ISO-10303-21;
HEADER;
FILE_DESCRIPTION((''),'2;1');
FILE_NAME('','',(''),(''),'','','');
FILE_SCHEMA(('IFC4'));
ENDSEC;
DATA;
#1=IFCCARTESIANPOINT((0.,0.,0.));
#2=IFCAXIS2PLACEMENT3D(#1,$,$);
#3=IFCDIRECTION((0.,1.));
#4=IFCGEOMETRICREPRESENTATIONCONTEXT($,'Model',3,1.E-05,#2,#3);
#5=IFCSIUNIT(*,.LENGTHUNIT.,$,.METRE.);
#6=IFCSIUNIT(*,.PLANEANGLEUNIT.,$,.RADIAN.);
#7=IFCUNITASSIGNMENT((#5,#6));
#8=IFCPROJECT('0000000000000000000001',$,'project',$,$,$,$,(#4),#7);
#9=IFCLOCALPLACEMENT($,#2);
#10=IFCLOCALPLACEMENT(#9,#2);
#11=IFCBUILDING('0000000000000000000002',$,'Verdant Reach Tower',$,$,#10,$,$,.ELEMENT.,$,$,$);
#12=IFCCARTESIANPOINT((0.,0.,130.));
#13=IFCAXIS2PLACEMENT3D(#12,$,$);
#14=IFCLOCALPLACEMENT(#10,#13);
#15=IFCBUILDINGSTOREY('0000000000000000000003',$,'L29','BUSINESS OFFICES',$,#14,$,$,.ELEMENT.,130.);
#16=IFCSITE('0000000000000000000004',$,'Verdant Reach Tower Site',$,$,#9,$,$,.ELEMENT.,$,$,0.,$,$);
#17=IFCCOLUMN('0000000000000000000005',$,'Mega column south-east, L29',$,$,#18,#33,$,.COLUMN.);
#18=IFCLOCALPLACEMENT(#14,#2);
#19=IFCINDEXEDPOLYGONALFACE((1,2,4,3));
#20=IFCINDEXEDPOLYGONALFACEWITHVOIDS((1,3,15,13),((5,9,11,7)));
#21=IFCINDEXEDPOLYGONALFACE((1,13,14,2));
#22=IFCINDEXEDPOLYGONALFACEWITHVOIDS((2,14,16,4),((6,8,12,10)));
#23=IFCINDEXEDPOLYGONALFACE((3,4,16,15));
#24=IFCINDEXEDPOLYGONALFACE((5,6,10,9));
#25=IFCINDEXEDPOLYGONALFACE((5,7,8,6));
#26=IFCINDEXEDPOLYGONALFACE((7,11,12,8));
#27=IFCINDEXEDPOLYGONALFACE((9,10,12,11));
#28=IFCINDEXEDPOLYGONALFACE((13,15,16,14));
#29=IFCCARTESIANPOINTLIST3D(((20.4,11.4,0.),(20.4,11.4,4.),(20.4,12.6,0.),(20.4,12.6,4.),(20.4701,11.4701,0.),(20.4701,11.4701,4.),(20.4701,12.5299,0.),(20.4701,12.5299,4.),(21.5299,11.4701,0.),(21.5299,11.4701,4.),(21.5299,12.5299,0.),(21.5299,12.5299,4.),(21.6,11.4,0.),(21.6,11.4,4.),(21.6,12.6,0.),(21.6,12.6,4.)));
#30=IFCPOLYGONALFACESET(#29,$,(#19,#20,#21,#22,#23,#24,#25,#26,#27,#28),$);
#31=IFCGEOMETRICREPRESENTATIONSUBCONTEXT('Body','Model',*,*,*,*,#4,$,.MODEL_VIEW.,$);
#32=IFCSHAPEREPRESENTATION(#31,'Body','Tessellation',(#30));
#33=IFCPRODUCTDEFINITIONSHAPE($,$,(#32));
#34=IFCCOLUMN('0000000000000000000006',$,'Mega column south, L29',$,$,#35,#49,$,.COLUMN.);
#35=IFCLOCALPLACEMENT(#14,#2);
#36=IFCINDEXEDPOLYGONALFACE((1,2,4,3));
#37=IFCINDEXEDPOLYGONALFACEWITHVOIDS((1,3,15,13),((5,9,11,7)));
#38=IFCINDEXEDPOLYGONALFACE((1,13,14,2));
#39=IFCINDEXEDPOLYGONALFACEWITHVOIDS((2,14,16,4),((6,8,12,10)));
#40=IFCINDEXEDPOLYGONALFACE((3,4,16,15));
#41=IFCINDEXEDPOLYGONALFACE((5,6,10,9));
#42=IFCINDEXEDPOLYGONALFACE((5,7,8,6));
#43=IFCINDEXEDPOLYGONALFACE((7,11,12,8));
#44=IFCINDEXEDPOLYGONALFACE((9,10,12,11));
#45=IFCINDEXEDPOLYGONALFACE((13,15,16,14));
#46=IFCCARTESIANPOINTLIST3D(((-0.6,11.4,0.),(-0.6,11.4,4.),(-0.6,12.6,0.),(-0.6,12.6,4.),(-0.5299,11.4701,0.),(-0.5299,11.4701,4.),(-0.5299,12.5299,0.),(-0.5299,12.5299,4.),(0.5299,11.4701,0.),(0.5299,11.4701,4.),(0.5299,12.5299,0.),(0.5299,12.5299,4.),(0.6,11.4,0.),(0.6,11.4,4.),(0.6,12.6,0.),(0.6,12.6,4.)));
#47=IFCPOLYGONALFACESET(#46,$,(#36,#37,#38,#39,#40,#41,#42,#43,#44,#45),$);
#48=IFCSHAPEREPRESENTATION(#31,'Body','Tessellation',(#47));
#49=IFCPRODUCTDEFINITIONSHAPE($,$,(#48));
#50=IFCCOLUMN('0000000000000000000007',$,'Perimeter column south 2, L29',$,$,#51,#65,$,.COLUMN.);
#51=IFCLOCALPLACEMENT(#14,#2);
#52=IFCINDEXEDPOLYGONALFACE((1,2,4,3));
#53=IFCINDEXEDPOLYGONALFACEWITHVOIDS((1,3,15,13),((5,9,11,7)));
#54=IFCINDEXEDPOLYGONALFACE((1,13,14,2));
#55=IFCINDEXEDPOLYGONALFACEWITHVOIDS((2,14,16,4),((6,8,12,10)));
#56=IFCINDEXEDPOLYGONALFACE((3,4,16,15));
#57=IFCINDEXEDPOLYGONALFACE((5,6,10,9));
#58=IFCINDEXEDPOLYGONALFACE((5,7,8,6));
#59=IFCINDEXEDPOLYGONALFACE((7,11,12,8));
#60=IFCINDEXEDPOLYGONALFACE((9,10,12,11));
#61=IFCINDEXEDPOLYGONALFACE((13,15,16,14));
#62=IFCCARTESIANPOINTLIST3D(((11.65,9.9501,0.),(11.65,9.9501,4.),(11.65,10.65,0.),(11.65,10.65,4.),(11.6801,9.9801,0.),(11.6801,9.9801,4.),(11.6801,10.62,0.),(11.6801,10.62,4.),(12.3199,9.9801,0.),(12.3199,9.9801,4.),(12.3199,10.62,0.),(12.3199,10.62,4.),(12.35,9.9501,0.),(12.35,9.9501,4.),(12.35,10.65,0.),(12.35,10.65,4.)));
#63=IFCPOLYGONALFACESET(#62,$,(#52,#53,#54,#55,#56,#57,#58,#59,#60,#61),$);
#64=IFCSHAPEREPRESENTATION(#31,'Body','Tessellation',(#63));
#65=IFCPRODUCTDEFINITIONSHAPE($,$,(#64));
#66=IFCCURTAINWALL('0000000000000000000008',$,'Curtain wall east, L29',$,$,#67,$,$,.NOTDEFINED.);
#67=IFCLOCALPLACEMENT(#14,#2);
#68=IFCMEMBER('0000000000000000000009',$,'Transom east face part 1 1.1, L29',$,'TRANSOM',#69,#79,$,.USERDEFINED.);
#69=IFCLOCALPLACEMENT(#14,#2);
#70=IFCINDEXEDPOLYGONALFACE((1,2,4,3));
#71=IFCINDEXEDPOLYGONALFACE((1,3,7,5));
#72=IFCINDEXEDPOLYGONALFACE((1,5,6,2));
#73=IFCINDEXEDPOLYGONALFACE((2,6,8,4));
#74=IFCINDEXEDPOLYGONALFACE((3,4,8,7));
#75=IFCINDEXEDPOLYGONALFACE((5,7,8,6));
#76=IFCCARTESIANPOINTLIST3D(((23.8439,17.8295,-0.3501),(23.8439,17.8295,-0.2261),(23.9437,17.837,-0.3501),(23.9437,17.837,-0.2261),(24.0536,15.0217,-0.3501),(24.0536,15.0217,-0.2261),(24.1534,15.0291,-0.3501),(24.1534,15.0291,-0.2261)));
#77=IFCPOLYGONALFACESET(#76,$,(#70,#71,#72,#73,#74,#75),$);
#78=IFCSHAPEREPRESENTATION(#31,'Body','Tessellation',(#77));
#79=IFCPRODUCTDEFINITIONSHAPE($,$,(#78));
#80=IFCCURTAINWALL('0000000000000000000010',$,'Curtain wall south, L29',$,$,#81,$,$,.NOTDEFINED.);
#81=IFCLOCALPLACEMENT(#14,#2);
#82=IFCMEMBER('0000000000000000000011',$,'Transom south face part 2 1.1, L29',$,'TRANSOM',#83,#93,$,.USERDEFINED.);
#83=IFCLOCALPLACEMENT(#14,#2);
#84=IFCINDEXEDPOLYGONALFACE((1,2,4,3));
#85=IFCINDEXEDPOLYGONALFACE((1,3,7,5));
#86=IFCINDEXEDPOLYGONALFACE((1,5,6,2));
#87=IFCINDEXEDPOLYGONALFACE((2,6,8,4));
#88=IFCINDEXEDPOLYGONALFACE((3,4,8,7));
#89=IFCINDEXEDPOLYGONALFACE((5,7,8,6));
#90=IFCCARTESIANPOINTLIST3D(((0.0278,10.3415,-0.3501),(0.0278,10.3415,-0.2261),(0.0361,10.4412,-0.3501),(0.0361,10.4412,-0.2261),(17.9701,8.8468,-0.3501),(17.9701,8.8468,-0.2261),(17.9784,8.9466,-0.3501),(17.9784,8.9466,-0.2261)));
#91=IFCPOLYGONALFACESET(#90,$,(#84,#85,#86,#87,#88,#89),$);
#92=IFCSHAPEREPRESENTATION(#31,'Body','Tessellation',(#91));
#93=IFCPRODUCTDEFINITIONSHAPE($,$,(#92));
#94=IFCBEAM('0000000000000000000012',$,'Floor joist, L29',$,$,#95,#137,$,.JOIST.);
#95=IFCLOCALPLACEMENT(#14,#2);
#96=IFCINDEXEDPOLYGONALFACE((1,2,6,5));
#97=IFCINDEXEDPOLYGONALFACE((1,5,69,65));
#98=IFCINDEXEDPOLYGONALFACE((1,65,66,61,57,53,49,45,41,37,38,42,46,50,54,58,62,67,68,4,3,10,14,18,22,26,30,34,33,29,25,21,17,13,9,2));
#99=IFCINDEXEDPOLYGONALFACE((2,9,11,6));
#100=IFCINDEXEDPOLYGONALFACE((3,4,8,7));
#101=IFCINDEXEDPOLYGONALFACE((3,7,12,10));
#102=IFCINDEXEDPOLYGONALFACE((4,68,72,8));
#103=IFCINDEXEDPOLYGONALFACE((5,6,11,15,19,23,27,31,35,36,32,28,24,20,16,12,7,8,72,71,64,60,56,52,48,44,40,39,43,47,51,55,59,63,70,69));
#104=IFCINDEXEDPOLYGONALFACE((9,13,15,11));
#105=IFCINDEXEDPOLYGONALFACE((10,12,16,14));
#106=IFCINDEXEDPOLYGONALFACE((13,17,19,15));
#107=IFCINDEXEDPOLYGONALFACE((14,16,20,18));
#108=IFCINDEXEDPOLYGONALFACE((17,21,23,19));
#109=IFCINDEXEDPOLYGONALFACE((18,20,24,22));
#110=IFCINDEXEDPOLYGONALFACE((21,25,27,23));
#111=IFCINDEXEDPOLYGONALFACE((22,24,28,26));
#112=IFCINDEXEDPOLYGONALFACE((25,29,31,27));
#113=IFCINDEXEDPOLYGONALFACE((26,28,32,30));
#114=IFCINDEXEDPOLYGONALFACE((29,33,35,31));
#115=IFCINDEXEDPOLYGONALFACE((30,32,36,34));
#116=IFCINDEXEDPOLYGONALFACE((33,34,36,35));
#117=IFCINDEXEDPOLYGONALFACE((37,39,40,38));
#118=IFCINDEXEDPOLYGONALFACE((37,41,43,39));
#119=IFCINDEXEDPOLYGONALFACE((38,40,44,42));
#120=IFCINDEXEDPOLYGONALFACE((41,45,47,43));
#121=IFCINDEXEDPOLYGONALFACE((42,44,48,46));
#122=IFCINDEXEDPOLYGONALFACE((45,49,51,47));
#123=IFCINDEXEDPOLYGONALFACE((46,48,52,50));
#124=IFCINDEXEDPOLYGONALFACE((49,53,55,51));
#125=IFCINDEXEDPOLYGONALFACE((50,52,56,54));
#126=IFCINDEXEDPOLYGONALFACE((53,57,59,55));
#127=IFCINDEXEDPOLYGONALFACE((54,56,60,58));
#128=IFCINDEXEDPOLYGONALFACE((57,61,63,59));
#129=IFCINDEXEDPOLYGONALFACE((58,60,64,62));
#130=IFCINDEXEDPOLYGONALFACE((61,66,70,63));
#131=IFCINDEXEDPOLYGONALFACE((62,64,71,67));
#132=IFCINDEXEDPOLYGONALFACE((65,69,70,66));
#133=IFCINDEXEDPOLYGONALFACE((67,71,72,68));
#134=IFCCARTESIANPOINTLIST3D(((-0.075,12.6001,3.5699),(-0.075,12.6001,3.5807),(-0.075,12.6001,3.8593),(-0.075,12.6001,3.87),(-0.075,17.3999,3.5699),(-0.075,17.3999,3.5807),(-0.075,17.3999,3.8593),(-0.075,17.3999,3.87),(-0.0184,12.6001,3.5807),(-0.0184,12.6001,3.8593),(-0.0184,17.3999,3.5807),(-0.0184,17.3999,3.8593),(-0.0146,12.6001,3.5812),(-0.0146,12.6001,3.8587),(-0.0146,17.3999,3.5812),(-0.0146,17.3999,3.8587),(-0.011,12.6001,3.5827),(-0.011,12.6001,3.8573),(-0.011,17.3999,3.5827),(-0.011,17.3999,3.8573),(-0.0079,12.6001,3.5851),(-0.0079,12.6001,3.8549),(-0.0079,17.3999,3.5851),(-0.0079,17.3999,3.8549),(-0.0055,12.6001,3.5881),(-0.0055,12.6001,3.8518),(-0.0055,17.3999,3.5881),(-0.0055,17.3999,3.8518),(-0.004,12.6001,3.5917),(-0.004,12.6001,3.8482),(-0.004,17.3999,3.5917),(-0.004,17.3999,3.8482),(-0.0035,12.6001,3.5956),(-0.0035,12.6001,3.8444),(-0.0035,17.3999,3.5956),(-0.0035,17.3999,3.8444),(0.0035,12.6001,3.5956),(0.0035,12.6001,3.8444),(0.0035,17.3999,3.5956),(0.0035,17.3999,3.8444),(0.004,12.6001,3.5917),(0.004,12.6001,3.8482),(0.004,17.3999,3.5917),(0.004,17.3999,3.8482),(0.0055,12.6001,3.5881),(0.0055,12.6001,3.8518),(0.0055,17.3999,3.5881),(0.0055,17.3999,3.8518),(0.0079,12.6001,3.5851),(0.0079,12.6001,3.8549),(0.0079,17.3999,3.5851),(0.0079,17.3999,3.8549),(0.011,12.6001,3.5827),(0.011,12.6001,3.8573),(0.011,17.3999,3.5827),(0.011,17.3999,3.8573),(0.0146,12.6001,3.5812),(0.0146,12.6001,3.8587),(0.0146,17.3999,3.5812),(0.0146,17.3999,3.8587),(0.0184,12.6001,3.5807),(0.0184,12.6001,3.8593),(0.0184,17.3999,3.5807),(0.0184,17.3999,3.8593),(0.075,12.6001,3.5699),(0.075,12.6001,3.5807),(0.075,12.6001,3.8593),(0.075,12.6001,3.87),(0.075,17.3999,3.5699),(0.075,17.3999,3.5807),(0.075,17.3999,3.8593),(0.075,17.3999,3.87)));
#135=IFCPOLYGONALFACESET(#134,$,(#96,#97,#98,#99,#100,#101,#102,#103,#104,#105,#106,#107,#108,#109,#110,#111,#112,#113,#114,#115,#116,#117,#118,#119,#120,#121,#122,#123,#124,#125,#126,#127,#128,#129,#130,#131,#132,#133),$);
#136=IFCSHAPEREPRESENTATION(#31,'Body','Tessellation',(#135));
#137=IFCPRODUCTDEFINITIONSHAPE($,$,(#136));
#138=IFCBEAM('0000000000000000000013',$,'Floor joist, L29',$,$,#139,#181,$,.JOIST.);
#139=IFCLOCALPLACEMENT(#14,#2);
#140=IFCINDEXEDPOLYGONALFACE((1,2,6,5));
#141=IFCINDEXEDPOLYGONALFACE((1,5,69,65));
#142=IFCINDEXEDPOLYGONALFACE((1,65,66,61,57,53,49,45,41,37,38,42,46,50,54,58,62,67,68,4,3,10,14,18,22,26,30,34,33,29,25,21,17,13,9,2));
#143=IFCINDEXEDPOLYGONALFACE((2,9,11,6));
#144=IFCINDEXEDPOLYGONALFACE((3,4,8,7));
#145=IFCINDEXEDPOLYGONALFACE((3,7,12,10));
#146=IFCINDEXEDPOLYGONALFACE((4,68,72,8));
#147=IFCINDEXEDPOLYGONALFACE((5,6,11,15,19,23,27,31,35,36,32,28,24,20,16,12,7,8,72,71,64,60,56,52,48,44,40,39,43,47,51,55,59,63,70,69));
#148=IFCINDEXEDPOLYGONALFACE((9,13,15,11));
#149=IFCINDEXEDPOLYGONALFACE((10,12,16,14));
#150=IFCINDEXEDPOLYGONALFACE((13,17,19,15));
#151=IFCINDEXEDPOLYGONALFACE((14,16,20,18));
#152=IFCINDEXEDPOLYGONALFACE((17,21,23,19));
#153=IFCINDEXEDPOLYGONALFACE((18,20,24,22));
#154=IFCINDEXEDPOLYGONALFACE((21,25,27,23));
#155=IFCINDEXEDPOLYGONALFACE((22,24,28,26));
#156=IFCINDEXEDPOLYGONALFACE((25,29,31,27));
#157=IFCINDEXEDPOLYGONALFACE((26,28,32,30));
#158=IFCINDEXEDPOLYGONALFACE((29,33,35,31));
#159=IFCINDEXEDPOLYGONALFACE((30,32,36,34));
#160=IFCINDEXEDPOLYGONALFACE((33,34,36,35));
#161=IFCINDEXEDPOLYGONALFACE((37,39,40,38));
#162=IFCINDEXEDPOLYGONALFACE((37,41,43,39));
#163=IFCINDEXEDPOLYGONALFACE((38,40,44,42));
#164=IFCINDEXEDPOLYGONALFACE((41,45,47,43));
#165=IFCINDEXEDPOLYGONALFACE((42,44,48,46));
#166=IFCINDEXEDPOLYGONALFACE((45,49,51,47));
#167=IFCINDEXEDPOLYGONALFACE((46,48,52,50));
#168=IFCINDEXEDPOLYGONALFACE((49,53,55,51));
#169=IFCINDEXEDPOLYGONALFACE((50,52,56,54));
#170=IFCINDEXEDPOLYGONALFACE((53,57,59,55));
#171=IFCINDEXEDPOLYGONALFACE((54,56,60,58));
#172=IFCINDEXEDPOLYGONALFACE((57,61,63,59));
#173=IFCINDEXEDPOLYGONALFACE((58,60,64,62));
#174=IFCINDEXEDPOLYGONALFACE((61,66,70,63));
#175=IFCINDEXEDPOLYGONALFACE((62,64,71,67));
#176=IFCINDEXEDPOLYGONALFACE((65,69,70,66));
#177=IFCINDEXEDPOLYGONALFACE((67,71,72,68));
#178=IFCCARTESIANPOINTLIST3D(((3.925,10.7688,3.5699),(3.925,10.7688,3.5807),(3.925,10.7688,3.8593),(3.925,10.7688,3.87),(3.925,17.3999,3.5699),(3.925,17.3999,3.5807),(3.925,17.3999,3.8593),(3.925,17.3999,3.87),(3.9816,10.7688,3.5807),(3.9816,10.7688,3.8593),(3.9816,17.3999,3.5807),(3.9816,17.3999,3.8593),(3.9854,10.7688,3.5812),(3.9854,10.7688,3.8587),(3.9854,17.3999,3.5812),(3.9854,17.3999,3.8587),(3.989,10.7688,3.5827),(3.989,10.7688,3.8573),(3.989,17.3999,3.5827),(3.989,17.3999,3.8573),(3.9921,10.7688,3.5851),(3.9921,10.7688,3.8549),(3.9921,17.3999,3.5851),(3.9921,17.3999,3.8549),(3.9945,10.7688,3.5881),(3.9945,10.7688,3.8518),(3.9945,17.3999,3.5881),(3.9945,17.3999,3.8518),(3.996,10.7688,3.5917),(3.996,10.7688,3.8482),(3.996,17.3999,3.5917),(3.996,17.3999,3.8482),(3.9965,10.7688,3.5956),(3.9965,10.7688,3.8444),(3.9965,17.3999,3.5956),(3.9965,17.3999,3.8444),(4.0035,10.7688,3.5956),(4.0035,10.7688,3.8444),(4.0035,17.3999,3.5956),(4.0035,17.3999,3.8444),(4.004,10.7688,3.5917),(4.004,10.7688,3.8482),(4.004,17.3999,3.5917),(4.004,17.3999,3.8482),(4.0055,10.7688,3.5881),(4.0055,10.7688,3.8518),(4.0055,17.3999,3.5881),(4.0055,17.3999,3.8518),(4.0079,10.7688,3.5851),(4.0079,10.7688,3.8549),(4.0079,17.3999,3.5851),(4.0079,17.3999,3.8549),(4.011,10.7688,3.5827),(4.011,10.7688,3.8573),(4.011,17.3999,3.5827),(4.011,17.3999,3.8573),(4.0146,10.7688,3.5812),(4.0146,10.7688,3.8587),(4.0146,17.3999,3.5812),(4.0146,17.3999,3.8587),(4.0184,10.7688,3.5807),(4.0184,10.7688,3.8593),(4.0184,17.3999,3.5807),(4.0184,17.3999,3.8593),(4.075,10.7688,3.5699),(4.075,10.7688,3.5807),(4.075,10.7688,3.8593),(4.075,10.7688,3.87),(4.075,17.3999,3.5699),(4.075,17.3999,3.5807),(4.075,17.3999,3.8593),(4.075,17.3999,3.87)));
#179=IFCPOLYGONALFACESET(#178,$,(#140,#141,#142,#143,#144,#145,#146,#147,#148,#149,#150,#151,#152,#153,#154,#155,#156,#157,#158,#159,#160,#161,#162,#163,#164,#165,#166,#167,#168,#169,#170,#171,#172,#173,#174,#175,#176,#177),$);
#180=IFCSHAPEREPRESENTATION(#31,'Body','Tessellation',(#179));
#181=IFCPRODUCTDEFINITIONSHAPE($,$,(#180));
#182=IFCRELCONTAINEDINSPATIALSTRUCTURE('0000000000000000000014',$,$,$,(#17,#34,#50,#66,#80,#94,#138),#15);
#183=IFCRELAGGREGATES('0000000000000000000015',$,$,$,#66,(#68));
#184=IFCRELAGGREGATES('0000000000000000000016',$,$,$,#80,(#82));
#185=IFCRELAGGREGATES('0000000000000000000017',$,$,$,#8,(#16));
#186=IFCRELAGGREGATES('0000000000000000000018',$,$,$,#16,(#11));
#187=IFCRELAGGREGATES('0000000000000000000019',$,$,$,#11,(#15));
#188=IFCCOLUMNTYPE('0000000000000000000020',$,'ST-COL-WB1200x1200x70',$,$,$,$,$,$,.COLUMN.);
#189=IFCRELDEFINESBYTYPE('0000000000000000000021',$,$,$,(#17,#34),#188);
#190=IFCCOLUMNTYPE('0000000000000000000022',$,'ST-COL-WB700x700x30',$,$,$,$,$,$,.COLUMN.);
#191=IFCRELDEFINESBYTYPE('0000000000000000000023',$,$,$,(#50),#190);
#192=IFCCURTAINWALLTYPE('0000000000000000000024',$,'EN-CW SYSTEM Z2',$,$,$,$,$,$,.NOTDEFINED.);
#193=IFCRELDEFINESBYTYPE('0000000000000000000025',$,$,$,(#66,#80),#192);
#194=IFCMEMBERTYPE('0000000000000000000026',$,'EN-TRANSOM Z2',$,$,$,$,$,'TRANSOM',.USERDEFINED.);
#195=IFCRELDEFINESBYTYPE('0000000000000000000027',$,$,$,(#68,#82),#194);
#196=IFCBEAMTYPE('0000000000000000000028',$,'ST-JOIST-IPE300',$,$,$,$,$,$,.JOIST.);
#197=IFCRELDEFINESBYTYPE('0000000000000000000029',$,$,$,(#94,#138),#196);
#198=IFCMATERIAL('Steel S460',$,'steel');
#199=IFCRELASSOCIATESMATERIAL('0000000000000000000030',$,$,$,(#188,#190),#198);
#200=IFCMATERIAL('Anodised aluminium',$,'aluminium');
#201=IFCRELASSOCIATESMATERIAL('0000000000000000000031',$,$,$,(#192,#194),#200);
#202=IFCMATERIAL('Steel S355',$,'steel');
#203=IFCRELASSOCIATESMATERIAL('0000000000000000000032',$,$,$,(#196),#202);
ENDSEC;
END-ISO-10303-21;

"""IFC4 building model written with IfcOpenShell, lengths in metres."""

from ifc_helpers import new_model, si_unit, direction, frame, origin, origin_2d, place, context, subcontext, project, spatial, rectangle, hollow_rectangle, i_section, extrude, material, material_profile, profile_set, type_object, element, aggregate, save


model = new_model("IFC4")

# Units and contexts
model_context = context("Model", 3, precision=1e-05, world=origin(), true_north=direction((0.0, 1.0)))
body_context = subcontext(model_context, "Body", "Model", "MODEL_VIEW")
ifc_project = project(units=[si_unit("LENGTHUNIT", "METRE"), si_unit("PLANEANGLEUNIT", "RADIAN")], contexts=[model_context])

# Site, building, storey
site_placement = place(None, origin())
site = spatial("IfcSite", under=ifc_project, at=site_placement, Name="Verdant Reach Tower Site", CompositionType="ELEMENT", RefElevation=0.0)
building_placement = place(site_placement, origin())
building = spatial("IfcBuilding", under=site, at=building_placement, Name="Verdant Reach Tower", CompositionType="ELEMENT")
storey_placement = place(building_placement, frame((0.0, 0.0, 130.0)))
storey = spatial("IfcBuildingStorey", under=building, at=storey_placement, Name="L29", Description="BUSINESS OFFICES", CompositionType="ELEMENT", Elevation=130.0)

# Columns
ifc_material_1 = material(Name="Steel S460", Category="steel")
ifc_material_profile_1 = material_profile(ifc_material_1, hollow_rectangle(XDim=1.2, YDim=1.2, WallThickness=0.0701, at=origin_2d()), Name="WB 1200x1200x70")
ifc_profile_set_1 = profile_set([ifc_material_profile_1], Name="Steel S460")
column_type_1 = type_object("IfcColumnType", Name="ST-COL-WB1200x1200x70", PredefinedType="COLUMN", material=ifc_profile_set_1)
for number, where, z_axis, x_axis, name in (
    (1, (21.0, 12.0, 0.0), (0.0, 0.0, 1.0), (1.0, 0.0, 0.0), "Mega column south-east, L29"),
    (2, (0.0, 12.0, 0.0), (0.0, 0.0, 1.0), (1.0, 0.0, 0.0), "Mega column south, L29"),
):
    element("IfcColumn", number, at=place(storey_placement, frame(where, z_axis=z_axis, x_axis=x_axis)), inside=storey, type_object=column_type_1, Name=name, PredefinedType="COLUMN", context=body_context, shape_type="SweptSolid", body=[
        extrude(hollow_rectangle(XDim=1.2, YDim=1.2, WallThickness=0.0701, at=origin_2d()), origin(), (0.0, 0.0, 1.0), 4.0),
    ])
ifc_material_profile_2 = material_profile(ifc_material_1, hollow_rectangle(XDim=0.7, YDim=0.7, WallThickness=0.03, at=origin_2d()), Name="WB 700x700x30")
ifc_profile_set_2 = profile_set([ifc_material_profile_2], Name="Steel S460")
column_type_2 = type_object("IfcColumnType", Name="ST-COL-WB700x700x30", PredefinedType="COLUMN", material=ifc_profile_set_2)
column_placement = place(storey_placement, frame((12.0, 10.3, 0.0), z_axis=(0.0, 0.0, 1.0), x_axis=(1.0, 0.0, 0.0)))
element("IfcColumn", 3, at=column_placement, inside=storey, type_object=column_type_2, Name="Perimeter column south 2, L29", PredefinedType="COLUMN", context=body_context, shape_type="SweptSolid", body=[
    extrude(hollow_rectangle(XDim=0.7, YDim=0.7, WallThickness=0.03, at=origin_2d()), origin(), (0.0, 0.0, 1.0), 4.0),
])

# Curtain walls, members
ifc_material_2 = material(Name="Anodised aluminium", Category="aluminium")
curtain_wall_type = type_object("IfcCurtainWallType", Name="EN-CW SYSTEM Z2", PredefinedType="NOTDEFINED", material=ifc_material_2)
curtain_wall_1_placement = place(storey_placement, origin())
curtain_wall_1 = element("IfcCurtainWall", 4, at=curtain_wall_1_placement, inside=storey, type_object=curtain_wall_type, Name="Curtain wall east, L29", PredefinedType="NOTDEFINED")
ifc_material_profile_3 = material_profile(ifc_material_2, rectangle(XDim=0.1001, YDim=0.124, at=origin_2d()), Name="Transom 124x100")
ifc_profile_set_3 = profile_set([ifc_material_profile_3], Name="Anodised aluminium")
member_type = type_object("IfcMemberType", Name="EN-TRANSOM Z2", ElementType="TRANSOM", PredefinedType="USERDEFINED", material=ifc_profile_set_3)
member_1_placement = place(storey_placement, frame((24.1035, 15.0254, -0.2881), z_axis=(-0.074482, 0.997222, 0.0), x_axis=(-0.997222, -0.074482, 0.0)))
member_1 = element("IfcMember", 5, at=member_1_placement, type_object=member_type, Name="Transom east face part 1 1.1, L29", ObjectType="TRANSOM", PredefinedType="USERDEFINED", context=body_context, shape_type="SweptSolid", body=[
    extrude(rectangle(XDim=0.1001, YDim=0.124, at=origin_2d()), origin(), (0.0, 0.0, 1.0), 2.8157),
])
curtain_wall_2_placement = place(storey_placement, origin())
curtain_wall_2 = element("IfcCurtainWall", 6, at=curtain_wall_2_placement, inside=storey, type_object=curtain_wall_type, Name="Curtain wall south, L29", PredefinedType="NOTDEFINED")
member_2_placement = place(storey_placement, frame((0.032, 10.3914, -0.2881), z_axis=(0.996548, -0.083015, 0.0), x_axis=(0.083015, 0.996548, 0.0)))
member_2 = element("IfcMember", 7, at=member_2_placement, type_object=member_type, Name="Transom south face part 2 1.1, L29", ObjectType="TRANSOM", PredefinedType="USERDEFINED", context=body_context, shape_type="SweptSolid", body=[
    extrude(rectangle(XDim=0.1001, YDim=0.124, at=origin_2d()), origin(), (0.0, 0.0, 1.0), 18.0044),
])

# Beams
ifc_material_3 = material(Name="Steel S355", Category="steel")
ifc_material_profile_4 = material_profile(ifc_material_3, i_section(OverallWidth=0.1499, OverallDepth=0.3, WebThickness=0.0071, FlangeThickness=0.0107, FilletRadius=0.0149, at=origin_2d()), Name="IPE 300")
ifc_profile_set_4 = profile_set([ifc_material_profile_4], Name="Steel S355")
beam_type_1 = type_object("IfcBeamType", Name="ST-JOIST-IPE300", PredefinedType="JOIST", material=ifc_profile_set_4)
beam_1_placement = place(storey_placement, frame((0.0, 17.3999, 3.72), z_axis=(0.0, -1.0, 0.0), x_axis=(1.0, 0.0, 0.0)))
element("IfcBeam", 8, at=beam_1_placement, inside=storey, type_object=beam_type_1, Name="Floor joist, L29", PredefinedType="JOIST", context=body_context, shape_type="SweptSolid", body=[
    extrude(i_section(OverallWidth=0.1499, OverallDepth=0.3, WebThickness=0.0071, FlangeThickness=0.0107, FilletRadius=0.0149, at=origin_2d()), origin(), (0.0, 0.0, 1.0), 4.7998),
])
beam_2_placement = place(storey_placement, frame((4.0, 17.3999, 3.72), z_axis=(0.0, -1.0, 0.0), x_axis=(1.0, 0.0, 0.0)))
element("IfcBeam", 9, at=beam_2_placement, inside=storey, type_object=beam_type_1, Name="Floor joist, L29", PredefinedType="JOIST", context=body_context, shape_type="SweptSolid", body=[
    extrude(i_section(OverallWidth=0.1499, OverallDepth=0.3, WebThickness=0.0071, FlangeThickness=0.0107, FilletRadius=0.0149, at=origin_2d()), origin(), (0.0, 0.0, 1.0), 6.6311),
])

aggregate(curtain_wall_1, [member_1])
aggregate(curtain_wall_2, [member_2])

save(model, "model.ifc")
